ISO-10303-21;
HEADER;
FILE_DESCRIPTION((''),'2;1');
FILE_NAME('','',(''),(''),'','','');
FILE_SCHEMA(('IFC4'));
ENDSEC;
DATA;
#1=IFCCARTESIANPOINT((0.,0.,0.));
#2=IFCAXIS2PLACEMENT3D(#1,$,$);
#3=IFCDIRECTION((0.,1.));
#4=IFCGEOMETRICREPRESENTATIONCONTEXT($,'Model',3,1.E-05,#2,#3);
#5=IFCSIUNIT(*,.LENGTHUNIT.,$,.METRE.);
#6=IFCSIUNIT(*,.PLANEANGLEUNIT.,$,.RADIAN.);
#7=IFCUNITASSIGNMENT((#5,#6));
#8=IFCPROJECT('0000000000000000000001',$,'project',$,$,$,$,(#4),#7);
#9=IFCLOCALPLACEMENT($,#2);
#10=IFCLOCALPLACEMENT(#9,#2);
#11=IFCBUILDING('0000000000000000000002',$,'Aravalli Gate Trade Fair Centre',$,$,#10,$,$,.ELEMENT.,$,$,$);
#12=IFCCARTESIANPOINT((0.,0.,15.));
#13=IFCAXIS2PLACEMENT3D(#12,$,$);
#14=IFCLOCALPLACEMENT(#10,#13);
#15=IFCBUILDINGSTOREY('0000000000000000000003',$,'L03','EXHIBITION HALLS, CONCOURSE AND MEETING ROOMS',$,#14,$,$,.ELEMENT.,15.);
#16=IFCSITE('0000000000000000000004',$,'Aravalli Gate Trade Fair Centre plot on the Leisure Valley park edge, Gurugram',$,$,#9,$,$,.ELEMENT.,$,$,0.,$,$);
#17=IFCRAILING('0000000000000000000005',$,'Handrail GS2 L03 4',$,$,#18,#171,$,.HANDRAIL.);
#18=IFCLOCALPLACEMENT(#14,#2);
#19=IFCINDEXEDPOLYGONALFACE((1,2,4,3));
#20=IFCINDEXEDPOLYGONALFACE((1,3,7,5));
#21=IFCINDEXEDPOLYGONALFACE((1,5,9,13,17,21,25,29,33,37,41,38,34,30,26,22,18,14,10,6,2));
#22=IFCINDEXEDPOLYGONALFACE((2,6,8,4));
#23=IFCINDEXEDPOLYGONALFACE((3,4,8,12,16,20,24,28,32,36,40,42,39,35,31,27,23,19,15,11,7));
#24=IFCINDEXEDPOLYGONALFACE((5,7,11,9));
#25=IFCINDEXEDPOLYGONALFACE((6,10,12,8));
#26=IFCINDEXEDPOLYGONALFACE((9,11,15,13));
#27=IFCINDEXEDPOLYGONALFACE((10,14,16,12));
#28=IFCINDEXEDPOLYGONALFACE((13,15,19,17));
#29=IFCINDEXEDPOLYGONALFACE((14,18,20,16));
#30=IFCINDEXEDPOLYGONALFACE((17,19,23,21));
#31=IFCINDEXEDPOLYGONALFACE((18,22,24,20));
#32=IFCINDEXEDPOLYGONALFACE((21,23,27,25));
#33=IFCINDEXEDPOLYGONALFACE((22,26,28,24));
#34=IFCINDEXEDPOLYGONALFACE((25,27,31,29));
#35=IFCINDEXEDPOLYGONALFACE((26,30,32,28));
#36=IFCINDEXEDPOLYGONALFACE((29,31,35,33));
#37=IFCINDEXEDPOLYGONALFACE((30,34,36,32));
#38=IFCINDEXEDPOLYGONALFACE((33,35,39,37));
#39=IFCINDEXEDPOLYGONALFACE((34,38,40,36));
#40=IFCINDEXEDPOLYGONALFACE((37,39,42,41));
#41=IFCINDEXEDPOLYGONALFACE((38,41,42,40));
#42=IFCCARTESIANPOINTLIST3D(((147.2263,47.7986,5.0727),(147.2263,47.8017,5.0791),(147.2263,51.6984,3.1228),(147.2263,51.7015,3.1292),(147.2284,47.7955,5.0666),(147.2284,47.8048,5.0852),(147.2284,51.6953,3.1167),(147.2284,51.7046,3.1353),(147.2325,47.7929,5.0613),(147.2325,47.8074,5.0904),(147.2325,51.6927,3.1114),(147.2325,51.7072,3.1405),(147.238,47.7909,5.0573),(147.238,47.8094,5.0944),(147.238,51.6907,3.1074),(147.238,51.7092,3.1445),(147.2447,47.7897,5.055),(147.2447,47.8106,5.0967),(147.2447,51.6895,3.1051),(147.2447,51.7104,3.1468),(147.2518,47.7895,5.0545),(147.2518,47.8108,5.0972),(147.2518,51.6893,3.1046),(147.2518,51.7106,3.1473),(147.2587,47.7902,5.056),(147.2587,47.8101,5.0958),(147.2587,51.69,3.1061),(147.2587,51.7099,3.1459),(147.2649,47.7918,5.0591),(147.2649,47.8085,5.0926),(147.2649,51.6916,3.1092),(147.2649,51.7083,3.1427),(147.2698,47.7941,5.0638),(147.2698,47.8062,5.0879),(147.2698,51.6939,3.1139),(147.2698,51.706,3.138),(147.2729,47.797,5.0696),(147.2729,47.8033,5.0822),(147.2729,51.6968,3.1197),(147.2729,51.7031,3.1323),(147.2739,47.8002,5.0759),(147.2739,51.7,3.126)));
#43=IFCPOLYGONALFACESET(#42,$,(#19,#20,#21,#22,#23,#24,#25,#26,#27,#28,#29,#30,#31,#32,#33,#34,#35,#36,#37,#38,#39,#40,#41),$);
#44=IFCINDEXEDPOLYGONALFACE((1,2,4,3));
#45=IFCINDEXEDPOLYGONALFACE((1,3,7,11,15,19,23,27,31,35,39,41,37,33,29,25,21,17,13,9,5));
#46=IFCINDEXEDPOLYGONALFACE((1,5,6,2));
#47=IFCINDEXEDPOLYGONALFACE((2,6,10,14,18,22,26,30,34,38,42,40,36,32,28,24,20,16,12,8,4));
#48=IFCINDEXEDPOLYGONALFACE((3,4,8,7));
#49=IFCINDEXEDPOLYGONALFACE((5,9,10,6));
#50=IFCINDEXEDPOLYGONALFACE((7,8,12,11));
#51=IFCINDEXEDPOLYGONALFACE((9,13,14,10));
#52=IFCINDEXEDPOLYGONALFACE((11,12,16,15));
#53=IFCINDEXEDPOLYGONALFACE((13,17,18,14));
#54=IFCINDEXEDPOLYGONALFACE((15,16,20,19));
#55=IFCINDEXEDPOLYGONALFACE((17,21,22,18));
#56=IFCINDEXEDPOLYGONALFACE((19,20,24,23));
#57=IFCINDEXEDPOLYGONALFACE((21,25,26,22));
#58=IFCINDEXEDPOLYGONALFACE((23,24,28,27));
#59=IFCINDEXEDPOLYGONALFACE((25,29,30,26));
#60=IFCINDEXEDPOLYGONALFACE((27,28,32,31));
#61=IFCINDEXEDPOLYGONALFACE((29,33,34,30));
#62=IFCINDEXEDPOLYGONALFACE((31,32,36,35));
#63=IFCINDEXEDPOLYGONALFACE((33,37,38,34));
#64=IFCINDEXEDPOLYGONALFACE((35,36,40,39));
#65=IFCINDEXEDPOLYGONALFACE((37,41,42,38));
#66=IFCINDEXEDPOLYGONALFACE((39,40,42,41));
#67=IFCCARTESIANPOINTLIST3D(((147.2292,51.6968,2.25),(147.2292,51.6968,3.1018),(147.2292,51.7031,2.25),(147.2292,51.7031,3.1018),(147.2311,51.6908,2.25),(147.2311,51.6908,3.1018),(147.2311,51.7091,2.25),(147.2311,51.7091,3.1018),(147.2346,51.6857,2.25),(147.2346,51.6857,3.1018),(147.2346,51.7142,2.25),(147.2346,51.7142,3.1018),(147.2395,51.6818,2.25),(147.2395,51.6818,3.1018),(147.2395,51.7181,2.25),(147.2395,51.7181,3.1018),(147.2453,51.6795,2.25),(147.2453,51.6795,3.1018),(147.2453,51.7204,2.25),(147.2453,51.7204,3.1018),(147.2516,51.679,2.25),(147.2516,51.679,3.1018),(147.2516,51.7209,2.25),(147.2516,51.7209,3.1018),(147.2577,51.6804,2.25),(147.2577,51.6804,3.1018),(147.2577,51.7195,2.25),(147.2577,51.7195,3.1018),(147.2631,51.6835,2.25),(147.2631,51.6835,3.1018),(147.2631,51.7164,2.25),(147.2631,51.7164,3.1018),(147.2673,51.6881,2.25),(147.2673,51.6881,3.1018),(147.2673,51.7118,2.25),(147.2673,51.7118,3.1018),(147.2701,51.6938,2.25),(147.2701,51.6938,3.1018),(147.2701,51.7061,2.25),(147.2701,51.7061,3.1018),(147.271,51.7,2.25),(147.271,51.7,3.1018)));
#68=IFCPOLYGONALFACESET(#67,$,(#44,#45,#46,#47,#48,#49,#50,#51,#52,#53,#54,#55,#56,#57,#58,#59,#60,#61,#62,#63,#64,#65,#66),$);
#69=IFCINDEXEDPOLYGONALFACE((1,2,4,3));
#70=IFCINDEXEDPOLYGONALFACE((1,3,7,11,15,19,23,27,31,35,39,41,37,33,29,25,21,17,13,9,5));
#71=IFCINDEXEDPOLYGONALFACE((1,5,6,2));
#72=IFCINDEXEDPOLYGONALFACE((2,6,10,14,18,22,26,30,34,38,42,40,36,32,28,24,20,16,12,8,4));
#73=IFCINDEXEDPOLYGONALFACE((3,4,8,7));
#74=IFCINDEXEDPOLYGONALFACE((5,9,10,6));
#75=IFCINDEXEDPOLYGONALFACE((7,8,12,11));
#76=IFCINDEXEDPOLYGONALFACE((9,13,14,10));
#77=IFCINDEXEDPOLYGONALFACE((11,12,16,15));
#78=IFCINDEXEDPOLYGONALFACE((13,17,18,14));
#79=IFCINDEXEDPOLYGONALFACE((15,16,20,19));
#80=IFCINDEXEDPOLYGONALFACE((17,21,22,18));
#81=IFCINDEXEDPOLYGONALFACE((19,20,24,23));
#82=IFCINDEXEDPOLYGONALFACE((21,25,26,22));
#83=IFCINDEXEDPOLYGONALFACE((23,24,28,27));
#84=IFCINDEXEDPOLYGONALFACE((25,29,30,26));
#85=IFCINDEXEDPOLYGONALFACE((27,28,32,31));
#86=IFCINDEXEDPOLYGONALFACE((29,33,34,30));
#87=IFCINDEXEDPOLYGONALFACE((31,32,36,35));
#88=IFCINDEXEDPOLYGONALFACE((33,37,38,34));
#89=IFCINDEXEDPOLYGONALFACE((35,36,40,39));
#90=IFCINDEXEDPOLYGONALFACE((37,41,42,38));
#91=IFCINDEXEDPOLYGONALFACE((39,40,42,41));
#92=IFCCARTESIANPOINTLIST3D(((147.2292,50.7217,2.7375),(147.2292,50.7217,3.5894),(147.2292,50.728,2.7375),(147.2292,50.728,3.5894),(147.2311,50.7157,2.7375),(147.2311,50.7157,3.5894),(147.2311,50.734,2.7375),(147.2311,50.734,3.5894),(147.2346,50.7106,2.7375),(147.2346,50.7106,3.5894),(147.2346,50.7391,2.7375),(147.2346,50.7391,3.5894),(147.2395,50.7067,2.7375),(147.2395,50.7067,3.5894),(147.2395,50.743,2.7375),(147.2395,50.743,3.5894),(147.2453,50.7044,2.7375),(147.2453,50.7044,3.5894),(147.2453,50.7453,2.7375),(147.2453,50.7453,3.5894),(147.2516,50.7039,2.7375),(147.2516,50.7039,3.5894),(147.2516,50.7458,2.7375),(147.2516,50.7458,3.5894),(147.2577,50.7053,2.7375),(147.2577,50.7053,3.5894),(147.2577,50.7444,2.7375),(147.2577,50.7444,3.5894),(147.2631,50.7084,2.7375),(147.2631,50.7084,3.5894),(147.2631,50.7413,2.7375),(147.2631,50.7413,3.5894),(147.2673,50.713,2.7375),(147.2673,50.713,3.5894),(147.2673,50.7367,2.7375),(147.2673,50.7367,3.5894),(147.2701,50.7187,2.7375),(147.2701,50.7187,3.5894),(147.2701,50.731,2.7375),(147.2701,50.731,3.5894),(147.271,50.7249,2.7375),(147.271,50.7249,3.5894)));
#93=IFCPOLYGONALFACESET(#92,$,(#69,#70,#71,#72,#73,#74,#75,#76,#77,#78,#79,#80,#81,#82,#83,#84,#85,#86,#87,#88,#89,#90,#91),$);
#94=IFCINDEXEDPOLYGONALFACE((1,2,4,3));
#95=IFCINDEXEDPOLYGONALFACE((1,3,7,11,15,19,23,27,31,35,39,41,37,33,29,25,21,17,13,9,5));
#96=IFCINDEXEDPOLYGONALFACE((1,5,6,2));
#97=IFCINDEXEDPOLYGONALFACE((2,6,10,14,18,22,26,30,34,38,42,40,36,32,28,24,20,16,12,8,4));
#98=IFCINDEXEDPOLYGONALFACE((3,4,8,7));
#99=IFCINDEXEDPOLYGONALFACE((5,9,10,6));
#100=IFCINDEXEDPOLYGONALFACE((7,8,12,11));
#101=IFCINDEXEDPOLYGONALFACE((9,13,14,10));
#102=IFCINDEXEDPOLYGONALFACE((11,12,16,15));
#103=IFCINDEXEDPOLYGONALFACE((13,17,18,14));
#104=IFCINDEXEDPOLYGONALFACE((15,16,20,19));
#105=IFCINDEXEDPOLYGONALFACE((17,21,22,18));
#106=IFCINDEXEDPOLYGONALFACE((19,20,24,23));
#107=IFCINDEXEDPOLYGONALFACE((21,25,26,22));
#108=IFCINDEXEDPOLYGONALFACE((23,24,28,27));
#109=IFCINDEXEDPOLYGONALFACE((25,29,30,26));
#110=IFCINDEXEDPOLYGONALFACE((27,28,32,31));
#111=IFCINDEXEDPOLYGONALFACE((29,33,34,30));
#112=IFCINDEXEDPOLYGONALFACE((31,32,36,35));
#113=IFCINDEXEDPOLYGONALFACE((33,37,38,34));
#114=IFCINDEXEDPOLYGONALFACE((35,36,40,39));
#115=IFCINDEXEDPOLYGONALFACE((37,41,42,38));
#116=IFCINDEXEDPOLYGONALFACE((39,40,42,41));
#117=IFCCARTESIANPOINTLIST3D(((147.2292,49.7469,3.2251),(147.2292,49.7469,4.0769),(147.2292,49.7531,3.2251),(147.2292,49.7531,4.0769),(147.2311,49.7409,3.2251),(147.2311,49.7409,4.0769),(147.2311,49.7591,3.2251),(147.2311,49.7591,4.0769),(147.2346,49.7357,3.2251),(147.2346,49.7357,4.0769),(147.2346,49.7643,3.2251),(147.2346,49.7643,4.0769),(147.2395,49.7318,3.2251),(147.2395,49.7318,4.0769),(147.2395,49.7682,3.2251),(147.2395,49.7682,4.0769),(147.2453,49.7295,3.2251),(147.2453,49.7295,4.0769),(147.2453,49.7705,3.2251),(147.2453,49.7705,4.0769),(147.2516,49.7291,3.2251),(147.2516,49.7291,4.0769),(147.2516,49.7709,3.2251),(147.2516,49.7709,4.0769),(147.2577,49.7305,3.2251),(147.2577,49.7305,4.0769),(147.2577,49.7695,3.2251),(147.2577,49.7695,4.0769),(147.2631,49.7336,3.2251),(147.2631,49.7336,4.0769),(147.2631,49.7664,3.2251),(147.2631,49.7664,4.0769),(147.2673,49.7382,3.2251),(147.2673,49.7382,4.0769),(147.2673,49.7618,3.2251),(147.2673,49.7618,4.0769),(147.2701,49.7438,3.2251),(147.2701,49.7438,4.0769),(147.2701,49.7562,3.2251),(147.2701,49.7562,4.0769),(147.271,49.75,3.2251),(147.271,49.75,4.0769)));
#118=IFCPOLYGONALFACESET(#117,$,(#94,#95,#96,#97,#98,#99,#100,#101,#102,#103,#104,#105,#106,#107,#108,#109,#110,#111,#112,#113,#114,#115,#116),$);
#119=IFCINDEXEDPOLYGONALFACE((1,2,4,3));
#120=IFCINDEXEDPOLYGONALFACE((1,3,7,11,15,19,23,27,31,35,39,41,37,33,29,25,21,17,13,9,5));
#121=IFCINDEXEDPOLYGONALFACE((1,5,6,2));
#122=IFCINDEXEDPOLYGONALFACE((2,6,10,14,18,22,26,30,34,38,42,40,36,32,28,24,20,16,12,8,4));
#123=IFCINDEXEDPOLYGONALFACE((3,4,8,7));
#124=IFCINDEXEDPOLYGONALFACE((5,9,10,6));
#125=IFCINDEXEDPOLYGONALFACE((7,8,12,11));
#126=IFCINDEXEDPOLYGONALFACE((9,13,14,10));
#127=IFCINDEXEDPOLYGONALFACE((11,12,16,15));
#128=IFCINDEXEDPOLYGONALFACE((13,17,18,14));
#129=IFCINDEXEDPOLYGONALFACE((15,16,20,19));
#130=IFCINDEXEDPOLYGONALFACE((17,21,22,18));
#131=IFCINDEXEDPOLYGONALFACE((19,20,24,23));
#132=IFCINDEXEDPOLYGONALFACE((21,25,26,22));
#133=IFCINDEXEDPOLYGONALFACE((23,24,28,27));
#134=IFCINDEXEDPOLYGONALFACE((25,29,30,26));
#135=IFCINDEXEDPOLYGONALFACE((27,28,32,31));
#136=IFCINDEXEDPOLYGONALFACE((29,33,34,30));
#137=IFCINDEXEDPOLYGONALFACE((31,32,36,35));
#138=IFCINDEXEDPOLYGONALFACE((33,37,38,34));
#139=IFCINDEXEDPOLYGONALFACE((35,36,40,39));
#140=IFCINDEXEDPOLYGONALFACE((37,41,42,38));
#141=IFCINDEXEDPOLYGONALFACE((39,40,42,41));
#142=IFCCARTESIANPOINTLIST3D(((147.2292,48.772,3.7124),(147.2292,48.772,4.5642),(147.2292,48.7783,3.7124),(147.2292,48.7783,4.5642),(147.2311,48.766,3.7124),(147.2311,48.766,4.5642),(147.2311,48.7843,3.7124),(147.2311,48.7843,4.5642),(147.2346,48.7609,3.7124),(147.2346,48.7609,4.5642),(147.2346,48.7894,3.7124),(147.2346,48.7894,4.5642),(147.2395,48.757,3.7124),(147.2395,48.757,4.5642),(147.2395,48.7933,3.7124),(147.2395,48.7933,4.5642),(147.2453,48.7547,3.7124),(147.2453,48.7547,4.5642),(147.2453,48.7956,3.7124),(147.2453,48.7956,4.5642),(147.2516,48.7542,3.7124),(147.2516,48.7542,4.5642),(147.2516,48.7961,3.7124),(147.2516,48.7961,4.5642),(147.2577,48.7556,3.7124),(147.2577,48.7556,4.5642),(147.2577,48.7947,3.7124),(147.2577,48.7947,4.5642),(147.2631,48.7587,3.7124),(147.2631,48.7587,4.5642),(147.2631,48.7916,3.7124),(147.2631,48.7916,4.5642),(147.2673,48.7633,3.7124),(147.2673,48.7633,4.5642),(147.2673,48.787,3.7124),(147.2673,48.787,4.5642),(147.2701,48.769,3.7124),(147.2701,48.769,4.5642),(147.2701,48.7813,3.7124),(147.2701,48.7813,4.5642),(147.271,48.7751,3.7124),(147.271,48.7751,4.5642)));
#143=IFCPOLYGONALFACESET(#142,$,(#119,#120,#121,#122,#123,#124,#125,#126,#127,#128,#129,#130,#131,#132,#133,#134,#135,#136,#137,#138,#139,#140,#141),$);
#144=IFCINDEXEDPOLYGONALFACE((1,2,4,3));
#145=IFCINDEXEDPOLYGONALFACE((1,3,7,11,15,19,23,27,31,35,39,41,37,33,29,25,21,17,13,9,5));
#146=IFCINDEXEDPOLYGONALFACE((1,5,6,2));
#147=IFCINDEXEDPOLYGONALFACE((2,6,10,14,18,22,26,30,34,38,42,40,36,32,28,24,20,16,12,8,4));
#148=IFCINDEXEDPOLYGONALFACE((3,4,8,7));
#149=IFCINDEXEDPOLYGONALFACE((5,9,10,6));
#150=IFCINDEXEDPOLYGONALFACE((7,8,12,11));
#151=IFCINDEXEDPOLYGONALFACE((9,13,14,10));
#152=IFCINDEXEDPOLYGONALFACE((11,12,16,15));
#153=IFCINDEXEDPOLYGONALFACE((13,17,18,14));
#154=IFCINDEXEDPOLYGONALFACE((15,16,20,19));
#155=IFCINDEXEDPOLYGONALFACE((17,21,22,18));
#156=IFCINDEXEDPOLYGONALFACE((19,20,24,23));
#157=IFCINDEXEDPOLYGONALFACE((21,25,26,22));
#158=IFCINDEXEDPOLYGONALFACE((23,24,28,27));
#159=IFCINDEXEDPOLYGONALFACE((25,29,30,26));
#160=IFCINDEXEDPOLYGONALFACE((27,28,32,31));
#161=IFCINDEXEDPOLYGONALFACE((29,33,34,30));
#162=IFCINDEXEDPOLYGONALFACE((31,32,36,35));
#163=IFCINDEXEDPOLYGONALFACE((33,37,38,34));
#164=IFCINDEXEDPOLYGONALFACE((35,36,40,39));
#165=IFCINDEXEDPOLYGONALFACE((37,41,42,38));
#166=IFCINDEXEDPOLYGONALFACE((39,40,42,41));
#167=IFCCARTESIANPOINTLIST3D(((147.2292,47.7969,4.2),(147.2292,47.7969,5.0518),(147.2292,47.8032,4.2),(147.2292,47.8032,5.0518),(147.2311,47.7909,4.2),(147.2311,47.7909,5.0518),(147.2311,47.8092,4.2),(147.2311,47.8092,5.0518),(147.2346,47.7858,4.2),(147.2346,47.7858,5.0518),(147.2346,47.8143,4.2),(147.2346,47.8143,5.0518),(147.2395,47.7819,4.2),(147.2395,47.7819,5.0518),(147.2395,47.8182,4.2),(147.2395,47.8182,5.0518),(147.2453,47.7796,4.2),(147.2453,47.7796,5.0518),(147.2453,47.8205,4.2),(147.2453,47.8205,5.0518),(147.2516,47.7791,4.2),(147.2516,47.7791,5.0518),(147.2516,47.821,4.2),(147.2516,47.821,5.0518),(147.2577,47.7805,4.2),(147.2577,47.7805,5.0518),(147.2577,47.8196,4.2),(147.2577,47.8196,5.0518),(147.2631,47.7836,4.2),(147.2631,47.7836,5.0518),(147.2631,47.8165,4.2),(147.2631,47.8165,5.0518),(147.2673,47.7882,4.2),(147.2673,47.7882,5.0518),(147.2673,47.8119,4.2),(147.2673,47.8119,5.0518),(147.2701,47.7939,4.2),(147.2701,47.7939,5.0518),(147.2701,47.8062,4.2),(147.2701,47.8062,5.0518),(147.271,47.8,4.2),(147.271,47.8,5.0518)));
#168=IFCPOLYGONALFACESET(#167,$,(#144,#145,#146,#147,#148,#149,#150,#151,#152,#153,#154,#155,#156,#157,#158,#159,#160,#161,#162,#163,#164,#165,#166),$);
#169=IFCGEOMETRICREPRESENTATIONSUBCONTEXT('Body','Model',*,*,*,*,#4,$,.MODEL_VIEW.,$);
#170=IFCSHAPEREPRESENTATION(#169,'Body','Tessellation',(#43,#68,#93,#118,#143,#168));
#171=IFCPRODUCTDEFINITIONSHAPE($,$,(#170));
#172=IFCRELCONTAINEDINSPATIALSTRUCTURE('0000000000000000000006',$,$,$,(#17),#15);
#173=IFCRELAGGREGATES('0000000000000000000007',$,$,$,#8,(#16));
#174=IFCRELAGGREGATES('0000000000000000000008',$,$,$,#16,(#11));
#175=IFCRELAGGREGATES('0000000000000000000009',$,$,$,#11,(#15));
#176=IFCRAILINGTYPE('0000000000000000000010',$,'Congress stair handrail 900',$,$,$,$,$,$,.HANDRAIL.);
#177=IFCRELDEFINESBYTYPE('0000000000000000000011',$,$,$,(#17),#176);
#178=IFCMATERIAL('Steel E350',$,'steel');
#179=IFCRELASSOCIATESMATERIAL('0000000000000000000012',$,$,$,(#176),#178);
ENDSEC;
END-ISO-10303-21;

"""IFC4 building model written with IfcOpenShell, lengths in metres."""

from ifc_helpers import new_model, si_unit, direction, frame, origin, origin_2d, place, context, subcontext, project, spatial, circle, extrude, material, type_object, element, save


model = new_model("IFC4")

# Units and contexts
model_context = context("Model", 3, precision=1e-05, world=origin(), true_north=direction((0.0, 1.0)))
body_context = subcontext(model_context, "Body", "Model", "MODEL_VIEW")
ifc_project = project(units=[si_unit("LENGTHUNIT", "METRE"), si_unit("PLANEANGLEUNIT", "RADIAN")], contexts=[model_context])

# Site, building, storey
site_placement = place(None, origin())
site = spatial("IfcSite", under=ifc_project, at=site_placement, Name="Aravalli Gate Trade Fair Centre plot on the Leisure Valley park edge, Gurugram", CompositionType="ELEMENT", RefElevation=0.0)
building_placement = place(site_placement, origin())
building = spatial("IfcBuilding", under=site, at=building_placement, Name="Aravalli Gate Trade Fair Centre", CompositionType="ELEMENT")
storey_placement = place(building_placement, frame((0.0, 0.0, 15.0)))
storey = spatial("IfcBuildingStorey", under=building, at=storey_placement, Name="L03", Description="EXHIBITION HALLS, CONCOURSE AND MEETING ROOMS", CompositionType="ELEMENT", Elevation=15.0)

# Railing
ifc_material_1 = material(Name="Steel E350", Category="steel")
railing_type_1 = type_object("IfcRailingType", Name="Congress stair handrail 900", PredefinedType="HANDRAIL", material=ifc_material_1)
for number, where, name in (
    (1, (147.25, 51.7, 2.25), "Handrail GS2 L03 4"),
):
    element("IfcRailing", number, at=place(storey_placement, frame(where)), inside=storey, type_object=railing_type_1, Name=name, PredefinedType="HANDRAIL", context=body_context, shape_type="SweptSolid", body=[
        extrude(circle(Radius=0.0239, at=origin_2d()), frame((0.0, 0.0, 0.876), z_axis=(0.0, -0.894427, 0.447214), x_axis=(1.0, 0.0, 0.0)), (0.0, 0.0, 1.0), 4.3601),
        extrude(circle(Radius=0.021, at=origin_2d()), origin(), (0.0, 0.0, 1.0), 0.8518),
        extrude(circle(Radius=0.021, at=origin_2d()), frame((0.0, -0.9751, 0.4875)), (0.0, 0.0, 1.0), 0.8518),
        extrude(circle(Radius=0.021, at=origin_2d()), frame((0.0, -1.95, 0.9751)), (0.0, 0.0, 1.0), 0.8518),
        extrude(circle(Radius=0.021, at=origin_2d()), frame((0.0, -2.9248, 1.4624)), (0.0, 0.0, 1.0), 0.8518),
        extrude(circle(Radius=0.021, at=origin_2d()), frame((0.0, -3.8999, 1.95)), (0.0, 0.0, 1.0), 0.8518),
    ])

save(model, "model.ifc")
